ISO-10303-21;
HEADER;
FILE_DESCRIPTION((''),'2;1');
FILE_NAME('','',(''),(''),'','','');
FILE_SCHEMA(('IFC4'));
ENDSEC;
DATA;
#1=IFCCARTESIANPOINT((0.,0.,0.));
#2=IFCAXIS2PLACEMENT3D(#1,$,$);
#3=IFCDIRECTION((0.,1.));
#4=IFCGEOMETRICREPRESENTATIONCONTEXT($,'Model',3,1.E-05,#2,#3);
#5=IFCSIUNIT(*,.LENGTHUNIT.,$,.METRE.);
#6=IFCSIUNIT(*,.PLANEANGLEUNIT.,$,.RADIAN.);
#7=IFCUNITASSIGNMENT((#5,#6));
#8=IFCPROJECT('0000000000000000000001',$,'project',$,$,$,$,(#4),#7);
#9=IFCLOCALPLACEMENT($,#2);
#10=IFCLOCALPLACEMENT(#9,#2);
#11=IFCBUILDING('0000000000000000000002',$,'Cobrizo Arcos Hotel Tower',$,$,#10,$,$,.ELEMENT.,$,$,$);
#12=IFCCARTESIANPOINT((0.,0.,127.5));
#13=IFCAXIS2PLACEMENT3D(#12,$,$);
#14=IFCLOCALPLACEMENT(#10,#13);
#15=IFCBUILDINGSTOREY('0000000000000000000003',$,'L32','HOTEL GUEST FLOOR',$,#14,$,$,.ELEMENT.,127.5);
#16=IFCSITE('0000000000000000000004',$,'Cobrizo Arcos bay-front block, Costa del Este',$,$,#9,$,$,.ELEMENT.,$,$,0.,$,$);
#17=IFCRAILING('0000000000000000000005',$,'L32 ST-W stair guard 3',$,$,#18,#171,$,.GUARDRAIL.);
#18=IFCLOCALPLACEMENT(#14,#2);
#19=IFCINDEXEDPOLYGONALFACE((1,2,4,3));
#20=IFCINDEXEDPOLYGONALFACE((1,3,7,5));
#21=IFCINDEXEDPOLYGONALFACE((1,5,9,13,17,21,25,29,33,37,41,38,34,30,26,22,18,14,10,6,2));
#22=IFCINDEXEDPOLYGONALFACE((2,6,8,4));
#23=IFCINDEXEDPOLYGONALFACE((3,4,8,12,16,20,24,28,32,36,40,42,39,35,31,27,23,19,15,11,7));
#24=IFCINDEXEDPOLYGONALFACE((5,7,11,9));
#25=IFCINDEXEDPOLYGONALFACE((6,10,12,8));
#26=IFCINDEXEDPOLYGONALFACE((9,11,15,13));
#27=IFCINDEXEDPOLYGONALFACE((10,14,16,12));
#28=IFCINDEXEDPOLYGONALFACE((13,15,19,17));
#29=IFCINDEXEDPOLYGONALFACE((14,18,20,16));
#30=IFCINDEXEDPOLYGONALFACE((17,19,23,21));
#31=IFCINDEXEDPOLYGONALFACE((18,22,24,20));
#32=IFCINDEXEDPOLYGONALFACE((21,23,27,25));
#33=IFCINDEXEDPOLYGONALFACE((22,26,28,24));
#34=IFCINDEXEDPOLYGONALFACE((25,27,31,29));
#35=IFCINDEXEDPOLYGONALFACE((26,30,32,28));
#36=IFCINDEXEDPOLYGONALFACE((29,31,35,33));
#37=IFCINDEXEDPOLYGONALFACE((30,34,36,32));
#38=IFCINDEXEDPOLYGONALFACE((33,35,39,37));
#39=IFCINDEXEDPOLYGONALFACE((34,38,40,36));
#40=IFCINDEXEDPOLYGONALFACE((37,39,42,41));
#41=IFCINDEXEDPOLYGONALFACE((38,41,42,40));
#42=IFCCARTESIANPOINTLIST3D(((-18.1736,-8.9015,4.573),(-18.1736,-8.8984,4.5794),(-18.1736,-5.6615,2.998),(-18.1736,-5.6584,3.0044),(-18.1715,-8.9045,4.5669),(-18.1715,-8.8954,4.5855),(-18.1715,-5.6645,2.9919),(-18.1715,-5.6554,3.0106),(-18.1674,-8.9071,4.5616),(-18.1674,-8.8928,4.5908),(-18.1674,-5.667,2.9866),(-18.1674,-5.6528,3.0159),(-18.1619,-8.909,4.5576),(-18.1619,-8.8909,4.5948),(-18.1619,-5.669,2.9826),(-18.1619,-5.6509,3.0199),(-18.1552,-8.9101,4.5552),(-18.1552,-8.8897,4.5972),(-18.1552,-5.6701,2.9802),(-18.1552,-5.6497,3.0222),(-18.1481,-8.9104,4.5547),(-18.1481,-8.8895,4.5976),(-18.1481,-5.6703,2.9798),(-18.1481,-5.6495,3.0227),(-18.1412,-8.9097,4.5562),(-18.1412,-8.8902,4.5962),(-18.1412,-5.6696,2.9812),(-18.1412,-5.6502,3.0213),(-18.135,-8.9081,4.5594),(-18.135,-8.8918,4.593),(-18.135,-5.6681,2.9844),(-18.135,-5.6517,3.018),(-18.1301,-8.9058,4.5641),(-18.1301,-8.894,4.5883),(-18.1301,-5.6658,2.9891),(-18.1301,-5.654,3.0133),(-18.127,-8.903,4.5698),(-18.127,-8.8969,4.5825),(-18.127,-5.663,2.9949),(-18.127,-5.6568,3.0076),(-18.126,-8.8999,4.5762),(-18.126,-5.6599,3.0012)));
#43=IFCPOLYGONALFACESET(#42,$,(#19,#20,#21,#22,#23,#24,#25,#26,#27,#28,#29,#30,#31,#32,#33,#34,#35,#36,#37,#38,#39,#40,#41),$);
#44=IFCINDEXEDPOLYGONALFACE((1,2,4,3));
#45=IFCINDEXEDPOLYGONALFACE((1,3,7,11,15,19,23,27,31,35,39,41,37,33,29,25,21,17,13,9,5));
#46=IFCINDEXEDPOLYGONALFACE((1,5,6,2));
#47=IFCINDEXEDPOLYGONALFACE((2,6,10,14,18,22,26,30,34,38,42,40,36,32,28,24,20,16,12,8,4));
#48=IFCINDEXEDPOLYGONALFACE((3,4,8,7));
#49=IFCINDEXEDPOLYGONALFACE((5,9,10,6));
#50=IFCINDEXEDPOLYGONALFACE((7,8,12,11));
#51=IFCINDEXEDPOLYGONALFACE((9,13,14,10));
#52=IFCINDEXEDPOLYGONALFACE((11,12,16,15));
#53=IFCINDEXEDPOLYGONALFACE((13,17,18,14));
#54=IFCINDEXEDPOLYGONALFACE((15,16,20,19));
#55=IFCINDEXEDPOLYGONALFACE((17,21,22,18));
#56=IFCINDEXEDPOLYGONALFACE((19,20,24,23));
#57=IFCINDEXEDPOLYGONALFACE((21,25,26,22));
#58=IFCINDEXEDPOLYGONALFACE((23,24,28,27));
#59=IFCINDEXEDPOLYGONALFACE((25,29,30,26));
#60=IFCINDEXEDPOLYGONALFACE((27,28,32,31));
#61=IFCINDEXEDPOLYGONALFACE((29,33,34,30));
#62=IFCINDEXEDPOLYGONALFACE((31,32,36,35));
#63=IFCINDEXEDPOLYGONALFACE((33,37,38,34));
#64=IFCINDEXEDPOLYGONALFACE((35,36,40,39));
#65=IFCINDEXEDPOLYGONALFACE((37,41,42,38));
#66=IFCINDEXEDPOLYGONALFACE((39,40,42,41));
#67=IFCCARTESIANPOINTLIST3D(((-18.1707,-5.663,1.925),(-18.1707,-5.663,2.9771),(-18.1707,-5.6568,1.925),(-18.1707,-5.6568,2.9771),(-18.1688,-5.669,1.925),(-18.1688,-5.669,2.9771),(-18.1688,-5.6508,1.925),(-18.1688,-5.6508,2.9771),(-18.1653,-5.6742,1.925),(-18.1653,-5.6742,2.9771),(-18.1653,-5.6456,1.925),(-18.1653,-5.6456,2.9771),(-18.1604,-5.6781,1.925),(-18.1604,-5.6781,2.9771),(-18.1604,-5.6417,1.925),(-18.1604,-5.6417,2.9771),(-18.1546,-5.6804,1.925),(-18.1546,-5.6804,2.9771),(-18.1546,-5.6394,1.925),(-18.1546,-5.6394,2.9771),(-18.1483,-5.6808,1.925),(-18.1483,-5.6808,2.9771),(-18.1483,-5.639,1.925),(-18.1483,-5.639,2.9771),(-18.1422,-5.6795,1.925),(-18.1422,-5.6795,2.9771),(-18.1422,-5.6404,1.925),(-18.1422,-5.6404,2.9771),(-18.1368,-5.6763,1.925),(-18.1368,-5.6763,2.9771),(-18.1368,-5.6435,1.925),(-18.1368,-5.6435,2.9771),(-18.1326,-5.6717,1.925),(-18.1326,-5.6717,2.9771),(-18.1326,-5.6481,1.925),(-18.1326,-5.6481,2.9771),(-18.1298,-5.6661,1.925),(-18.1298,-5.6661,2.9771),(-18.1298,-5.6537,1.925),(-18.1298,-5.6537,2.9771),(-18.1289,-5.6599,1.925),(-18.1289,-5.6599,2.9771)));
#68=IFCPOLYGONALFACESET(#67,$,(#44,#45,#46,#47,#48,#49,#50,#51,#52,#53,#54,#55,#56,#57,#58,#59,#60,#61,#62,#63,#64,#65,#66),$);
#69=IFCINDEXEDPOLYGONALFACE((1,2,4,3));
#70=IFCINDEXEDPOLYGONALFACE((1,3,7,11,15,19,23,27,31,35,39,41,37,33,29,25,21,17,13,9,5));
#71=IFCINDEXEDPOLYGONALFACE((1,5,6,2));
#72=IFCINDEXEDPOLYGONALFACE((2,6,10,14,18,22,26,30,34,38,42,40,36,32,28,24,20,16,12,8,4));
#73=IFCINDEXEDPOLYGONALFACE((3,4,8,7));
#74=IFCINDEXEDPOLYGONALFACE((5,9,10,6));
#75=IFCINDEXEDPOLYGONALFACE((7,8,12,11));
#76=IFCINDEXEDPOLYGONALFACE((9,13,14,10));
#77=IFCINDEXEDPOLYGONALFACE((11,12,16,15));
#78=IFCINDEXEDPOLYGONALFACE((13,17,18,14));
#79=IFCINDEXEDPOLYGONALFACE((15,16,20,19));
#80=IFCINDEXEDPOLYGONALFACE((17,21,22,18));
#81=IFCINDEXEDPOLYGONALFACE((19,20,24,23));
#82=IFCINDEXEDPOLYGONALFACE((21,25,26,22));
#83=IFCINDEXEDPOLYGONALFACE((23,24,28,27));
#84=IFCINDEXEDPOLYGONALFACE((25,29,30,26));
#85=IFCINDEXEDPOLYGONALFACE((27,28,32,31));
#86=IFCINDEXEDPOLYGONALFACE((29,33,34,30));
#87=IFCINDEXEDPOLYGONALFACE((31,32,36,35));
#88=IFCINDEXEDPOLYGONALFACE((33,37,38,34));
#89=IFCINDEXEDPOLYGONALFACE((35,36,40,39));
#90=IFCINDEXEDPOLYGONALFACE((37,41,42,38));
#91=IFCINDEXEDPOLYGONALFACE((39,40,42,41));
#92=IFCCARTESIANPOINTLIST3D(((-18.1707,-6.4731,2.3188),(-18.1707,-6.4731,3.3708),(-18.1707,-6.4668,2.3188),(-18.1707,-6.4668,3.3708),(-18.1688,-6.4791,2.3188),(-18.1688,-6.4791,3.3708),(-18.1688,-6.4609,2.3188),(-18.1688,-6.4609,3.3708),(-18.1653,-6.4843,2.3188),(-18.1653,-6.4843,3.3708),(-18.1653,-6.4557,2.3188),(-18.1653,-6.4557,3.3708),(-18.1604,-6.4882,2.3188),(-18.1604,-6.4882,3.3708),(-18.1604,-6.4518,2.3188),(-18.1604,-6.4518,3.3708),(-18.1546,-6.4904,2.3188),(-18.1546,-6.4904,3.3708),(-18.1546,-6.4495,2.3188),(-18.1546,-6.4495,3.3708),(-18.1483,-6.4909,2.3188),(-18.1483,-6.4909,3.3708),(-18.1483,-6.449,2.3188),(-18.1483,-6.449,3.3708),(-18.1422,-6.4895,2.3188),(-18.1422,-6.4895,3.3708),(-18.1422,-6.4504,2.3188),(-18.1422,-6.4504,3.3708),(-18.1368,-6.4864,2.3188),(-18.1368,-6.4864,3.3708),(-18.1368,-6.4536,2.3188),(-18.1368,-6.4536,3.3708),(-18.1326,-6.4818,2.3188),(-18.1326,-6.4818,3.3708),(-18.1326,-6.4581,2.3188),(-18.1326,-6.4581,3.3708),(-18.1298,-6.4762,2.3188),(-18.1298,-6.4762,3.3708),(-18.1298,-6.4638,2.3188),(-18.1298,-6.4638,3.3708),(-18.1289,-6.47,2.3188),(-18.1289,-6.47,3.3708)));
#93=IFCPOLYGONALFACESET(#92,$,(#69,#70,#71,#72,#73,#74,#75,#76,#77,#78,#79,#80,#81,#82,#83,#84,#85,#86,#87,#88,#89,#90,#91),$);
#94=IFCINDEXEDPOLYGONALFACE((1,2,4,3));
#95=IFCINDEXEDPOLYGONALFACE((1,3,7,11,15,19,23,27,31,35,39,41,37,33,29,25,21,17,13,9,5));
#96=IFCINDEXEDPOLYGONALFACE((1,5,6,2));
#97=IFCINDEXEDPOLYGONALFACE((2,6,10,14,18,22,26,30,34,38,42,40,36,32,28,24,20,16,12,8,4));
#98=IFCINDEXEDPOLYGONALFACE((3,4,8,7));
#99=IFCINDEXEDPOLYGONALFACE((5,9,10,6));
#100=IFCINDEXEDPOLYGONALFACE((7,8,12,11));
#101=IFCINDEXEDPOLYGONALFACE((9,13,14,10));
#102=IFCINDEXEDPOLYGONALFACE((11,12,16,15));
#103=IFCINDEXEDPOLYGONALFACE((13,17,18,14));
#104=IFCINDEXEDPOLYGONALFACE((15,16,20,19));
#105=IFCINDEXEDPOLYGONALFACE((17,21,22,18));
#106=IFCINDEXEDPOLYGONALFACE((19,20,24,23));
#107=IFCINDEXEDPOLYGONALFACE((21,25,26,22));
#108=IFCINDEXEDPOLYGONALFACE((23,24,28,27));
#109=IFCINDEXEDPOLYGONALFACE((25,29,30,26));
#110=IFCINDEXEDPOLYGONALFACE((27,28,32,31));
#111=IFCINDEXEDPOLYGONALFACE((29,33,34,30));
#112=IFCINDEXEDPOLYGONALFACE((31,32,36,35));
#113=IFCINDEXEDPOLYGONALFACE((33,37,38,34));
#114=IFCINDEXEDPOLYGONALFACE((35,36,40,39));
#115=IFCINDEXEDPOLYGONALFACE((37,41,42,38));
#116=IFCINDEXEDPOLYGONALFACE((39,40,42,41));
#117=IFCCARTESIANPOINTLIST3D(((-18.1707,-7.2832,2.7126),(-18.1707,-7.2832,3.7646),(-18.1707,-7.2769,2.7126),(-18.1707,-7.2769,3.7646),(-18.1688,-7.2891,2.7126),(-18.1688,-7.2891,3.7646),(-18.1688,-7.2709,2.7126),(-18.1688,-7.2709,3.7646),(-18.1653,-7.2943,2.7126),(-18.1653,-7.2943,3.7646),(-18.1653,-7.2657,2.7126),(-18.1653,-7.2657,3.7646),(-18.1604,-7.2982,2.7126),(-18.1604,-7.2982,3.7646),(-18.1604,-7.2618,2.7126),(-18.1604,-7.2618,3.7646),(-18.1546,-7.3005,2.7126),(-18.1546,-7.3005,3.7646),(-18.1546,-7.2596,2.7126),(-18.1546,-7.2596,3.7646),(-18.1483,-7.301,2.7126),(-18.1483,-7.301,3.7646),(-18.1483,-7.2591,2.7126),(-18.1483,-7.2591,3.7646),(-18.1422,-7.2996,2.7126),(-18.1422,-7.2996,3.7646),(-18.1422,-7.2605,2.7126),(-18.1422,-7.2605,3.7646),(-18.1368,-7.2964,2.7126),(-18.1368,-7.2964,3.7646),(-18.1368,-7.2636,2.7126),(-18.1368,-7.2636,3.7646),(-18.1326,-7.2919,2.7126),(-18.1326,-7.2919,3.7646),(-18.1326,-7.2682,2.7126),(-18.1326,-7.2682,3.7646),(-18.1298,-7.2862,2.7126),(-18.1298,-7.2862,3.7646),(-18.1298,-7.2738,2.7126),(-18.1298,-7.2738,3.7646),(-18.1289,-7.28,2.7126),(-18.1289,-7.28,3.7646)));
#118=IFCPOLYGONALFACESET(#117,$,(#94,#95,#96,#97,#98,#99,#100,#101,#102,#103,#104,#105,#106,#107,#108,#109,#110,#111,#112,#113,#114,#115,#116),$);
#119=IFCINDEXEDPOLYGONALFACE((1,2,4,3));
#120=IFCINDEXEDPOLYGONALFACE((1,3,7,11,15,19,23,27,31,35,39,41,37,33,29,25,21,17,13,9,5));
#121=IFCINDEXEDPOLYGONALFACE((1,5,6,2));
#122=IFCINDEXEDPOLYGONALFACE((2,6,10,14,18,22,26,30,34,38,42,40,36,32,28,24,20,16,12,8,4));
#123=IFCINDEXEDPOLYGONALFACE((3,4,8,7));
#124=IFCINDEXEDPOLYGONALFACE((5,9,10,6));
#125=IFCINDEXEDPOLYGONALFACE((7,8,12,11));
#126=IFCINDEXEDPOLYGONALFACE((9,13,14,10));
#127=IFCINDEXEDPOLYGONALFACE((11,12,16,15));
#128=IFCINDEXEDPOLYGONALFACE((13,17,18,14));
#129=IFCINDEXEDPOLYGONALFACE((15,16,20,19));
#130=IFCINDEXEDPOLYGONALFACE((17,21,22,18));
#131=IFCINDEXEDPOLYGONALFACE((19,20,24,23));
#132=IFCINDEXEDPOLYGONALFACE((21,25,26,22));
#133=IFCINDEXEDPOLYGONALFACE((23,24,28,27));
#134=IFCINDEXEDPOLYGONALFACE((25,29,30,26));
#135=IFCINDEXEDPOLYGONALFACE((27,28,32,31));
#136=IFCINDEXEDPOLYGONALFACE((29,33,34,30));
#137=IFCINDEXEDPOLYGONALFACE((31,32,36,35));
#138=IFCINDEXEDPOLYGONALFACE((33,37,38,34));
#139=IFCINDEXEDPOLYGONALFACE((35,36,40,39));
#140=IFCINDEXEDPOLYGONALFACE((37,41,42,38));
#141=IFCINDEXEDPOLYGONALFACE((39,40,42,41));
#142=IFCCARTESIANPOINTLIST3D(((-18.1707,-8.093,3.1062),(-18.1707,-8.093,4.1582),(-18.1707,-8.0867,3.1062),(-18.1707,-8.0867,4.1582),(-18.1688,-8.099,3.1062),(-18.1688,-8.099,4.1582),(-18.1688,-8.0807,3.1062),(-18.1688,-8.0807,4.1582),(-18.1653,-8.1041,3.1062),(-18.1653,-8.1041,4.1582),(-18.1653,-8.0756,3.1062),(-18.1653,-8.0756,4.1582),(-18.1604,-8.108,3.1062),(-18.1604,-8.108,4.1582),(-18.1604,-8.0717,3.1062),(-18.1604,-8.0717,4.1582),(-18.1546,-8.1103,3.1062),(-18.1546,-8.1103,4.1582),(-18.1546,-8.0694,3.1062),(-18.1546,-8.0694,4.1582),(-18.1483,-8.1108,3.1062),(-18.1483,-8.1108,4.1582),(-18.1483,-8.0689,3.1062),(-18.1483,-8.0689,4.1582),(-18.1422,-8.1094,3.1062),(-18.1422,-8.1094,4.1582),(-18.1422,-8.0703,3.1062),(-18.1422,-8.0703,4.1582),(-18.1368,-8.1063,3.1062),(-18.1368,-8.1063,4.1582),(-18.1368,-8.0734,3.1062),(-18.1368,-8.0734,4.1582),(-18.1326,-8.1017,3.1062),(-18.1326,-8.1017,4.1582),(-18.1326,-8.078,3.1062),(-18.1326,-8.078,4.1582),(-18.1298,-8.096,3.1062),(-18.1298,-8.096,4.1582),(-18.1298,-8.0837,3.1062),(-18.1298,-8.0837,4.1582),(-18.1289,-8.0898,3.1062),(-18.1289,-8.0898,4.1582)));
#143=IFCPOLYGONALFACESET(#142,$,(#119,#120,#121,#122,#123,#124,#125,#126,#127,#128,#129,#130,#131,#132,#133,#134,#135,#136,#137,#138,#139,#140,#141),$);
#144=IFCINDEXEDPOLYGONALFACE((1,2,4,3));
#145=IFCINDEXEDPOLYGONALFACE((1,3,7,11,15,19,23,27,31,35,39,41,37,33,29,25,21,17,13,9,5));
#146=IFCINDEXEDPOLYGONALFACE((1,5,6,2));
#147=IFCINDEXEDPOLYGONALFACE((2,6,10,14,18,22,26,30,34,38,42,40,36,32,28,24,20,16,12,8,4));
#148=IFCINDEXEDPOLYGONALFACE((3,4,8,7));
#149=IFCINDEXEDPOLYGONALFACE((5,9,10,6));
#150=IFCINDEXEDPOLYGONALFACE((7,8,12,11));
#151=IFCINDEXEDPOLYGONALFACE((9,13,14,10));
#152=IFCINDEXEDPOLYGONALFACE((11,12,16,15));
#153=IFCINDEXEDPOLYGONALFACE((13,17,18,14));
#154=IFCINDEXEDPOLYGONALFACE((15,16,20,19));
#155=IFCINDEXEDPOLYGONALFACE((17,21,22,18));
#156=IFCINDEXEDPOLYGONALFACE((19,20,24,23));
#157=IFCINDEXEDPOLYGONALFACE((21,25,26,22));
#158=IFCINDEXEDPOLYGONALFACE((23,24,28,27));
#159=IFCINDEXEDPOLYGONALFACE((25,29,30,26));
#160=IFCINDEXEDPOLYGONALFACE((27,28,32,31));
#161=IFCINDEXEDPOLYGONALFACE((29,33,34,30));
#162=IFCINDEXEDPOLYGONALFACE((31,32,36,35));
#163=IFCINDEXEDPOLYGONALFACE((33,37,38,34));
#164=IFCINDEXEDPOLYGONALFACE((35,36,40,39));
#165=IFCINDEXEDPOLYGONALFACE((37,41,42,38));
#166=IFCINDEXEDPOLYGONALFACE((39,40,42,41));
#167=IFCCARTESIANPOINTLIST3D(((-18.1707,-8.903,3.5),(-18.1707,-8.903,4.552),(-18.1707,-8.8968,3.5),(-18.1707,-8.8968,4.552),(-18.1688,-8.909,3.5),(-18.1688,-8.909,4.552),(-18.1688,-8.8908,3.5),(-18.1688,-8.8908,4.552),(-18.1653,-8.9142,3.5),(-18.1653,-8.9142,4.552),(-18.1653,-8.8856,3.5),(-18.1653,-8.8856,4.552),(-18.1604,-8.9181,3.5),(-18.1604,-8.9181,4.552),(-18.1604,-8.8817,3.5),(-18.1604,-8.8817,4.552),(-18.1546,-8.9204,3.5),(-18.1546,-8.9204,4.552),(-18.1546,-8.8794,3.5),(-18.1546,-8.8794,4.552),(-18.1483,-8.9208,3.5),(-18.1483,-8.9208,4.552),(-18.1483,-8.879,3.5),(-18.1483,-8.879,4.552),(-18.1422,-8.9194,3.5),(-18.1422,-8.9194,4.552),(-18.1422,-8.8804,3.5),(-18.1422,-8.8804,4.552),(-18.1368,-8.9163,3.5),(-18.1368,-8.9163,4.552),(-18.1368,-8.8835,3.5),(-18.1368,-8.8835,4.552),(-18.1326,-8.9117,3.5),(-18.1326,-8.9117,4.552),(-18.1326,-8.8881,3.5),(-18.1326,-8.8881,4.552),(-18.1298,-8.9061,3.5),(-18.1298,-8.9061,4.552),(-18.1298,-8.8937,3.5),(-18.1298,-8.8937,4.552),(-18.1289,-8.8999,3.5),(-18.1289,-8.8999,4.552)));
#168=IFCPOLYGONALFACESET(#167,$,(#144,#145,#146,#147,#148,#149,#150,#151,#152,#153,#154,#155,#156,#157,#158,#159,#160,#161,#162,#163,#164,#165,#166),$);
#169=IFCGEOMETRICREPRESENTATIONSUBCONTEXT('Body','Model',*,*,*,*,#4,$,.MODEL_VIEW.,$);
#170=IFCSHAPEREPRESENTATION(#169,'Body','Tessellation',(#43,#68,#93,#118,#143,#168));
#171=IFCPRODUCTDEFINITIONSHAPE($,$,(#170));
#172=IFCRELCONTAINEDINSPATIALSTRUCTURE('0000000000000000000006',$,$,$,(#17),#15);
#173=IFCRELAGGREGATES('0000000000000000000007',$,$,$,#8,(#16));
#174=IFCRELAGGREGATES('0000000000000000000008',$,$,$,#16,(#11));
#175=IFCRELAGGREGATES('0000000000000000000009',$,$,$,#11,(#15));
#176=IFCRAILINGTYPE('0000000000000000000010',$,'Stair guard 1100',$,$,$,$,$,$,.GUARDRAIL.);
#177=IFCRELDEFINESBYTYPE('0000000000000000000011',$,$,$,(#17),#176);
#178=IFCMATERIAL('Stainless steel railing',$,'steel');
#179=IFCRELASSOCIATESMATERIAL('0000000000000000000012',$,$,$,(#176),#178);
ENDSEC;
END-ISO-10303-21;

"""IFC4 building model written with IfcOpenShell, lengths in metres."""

from ifc_helpers import new_model, si_unit, direction, frame, origin, origin_2d, place, context, subcontext, project, spatial, circle, extrude, material, type_object, element, save


model = new_model("IFC4")

# Units and contexts
model_context = context("Model", 3, precision=1e-05, world=origin(), true_north=direction((0.0, 1.0)))
body_context = subcontext(model_context, "Body", "Model", "MODEL_VIEW")
ifc_project = project(units=[si_unit("LENGTHUNIT", "METRE"), si_unit("PLANEANGLEUNIT", "RADIAN")], contexts=[model_context])

# Site, building, storey
site_placement = place(None, origin())
site = spatial("IfcSite", under=ifc_project, at=site_placement, Name="Cobrizo Arcos bay-front block, Costa del Este", CompositionType="ELEMENT", RefElevation=0.0)
building_placement = place(site_placement, origin())
building = spatial("IfcBuilding", under=site, at=building_placement, Name="Cobrizo Arcos Hotel Tower", CompositionType="ELEMENT")
storey_placement = place(building_placement, frame((0.0, 0.0, 127.5)))
storey = spatial("IfcBuildingStorey", under=building, at=storey_placement, Name="L32", Description="HOTEL GUEST FLOOR", CompositionType="ELEMENT", Elevation=127.5)

# Railing
ifc_material_1 = material(Name="Stainless steel railing", Category="steel")
railing_type_1 = type_object("IfcRailingType", Name="Stair guard 1100", PredefinedType="GUARDRAIL", material=ifc_material_1)
railing_1_placement = place(storey_placement, frame((-18.1499, -5.6599, 1.925)))
element("IfcRailing", 1, at=railing_1_placement, inside=storey, type_object=railing_type_1, Name="L32 ST-W stair guard 3", PredefinedType="GUARDRAIL", context=body_context, shape_type="SweptSolid", body=[
    extrude(circle(Radius=0.0239, at=origin_2d()), frame((0.0, 0.0, 1.0762), z_axis=(0.0, -0.899373, 0.437183), x_axis=(1.0, 0.0, 0.0)), (0.0, 0.0, 1.0), 3.6025),
    extrude(circle(Radius=0.021, at=origin_2d()), origin(), (0.0, 0.0, 1.0), 1.052),
    extrude(circle(Radius=0.021, at=origin_2d()), frame((0.0, -0.8101, 0.3938)), (0.0, 0.0, 1.0), 1.052),
    extrude(circle(Radius=0.021, at=origin_2d()), frame((0.0, -1.6201, 0.7876)), (0.0, 0.0, 1.0), 1.052),
    extrude(circle(Radius=0.021, at=origin_2d()), frame((0.0, -2.4299, 1.1812)), (0.0, 0.0, 1.0), 1.052),
    extrude(circle(Radius=0.021, at=origin_2d()), frame((0.0, -3.24, 1.575)), (0.0, 0.0, 1.0), 1.052),
])

save(model, "model.ifc")
